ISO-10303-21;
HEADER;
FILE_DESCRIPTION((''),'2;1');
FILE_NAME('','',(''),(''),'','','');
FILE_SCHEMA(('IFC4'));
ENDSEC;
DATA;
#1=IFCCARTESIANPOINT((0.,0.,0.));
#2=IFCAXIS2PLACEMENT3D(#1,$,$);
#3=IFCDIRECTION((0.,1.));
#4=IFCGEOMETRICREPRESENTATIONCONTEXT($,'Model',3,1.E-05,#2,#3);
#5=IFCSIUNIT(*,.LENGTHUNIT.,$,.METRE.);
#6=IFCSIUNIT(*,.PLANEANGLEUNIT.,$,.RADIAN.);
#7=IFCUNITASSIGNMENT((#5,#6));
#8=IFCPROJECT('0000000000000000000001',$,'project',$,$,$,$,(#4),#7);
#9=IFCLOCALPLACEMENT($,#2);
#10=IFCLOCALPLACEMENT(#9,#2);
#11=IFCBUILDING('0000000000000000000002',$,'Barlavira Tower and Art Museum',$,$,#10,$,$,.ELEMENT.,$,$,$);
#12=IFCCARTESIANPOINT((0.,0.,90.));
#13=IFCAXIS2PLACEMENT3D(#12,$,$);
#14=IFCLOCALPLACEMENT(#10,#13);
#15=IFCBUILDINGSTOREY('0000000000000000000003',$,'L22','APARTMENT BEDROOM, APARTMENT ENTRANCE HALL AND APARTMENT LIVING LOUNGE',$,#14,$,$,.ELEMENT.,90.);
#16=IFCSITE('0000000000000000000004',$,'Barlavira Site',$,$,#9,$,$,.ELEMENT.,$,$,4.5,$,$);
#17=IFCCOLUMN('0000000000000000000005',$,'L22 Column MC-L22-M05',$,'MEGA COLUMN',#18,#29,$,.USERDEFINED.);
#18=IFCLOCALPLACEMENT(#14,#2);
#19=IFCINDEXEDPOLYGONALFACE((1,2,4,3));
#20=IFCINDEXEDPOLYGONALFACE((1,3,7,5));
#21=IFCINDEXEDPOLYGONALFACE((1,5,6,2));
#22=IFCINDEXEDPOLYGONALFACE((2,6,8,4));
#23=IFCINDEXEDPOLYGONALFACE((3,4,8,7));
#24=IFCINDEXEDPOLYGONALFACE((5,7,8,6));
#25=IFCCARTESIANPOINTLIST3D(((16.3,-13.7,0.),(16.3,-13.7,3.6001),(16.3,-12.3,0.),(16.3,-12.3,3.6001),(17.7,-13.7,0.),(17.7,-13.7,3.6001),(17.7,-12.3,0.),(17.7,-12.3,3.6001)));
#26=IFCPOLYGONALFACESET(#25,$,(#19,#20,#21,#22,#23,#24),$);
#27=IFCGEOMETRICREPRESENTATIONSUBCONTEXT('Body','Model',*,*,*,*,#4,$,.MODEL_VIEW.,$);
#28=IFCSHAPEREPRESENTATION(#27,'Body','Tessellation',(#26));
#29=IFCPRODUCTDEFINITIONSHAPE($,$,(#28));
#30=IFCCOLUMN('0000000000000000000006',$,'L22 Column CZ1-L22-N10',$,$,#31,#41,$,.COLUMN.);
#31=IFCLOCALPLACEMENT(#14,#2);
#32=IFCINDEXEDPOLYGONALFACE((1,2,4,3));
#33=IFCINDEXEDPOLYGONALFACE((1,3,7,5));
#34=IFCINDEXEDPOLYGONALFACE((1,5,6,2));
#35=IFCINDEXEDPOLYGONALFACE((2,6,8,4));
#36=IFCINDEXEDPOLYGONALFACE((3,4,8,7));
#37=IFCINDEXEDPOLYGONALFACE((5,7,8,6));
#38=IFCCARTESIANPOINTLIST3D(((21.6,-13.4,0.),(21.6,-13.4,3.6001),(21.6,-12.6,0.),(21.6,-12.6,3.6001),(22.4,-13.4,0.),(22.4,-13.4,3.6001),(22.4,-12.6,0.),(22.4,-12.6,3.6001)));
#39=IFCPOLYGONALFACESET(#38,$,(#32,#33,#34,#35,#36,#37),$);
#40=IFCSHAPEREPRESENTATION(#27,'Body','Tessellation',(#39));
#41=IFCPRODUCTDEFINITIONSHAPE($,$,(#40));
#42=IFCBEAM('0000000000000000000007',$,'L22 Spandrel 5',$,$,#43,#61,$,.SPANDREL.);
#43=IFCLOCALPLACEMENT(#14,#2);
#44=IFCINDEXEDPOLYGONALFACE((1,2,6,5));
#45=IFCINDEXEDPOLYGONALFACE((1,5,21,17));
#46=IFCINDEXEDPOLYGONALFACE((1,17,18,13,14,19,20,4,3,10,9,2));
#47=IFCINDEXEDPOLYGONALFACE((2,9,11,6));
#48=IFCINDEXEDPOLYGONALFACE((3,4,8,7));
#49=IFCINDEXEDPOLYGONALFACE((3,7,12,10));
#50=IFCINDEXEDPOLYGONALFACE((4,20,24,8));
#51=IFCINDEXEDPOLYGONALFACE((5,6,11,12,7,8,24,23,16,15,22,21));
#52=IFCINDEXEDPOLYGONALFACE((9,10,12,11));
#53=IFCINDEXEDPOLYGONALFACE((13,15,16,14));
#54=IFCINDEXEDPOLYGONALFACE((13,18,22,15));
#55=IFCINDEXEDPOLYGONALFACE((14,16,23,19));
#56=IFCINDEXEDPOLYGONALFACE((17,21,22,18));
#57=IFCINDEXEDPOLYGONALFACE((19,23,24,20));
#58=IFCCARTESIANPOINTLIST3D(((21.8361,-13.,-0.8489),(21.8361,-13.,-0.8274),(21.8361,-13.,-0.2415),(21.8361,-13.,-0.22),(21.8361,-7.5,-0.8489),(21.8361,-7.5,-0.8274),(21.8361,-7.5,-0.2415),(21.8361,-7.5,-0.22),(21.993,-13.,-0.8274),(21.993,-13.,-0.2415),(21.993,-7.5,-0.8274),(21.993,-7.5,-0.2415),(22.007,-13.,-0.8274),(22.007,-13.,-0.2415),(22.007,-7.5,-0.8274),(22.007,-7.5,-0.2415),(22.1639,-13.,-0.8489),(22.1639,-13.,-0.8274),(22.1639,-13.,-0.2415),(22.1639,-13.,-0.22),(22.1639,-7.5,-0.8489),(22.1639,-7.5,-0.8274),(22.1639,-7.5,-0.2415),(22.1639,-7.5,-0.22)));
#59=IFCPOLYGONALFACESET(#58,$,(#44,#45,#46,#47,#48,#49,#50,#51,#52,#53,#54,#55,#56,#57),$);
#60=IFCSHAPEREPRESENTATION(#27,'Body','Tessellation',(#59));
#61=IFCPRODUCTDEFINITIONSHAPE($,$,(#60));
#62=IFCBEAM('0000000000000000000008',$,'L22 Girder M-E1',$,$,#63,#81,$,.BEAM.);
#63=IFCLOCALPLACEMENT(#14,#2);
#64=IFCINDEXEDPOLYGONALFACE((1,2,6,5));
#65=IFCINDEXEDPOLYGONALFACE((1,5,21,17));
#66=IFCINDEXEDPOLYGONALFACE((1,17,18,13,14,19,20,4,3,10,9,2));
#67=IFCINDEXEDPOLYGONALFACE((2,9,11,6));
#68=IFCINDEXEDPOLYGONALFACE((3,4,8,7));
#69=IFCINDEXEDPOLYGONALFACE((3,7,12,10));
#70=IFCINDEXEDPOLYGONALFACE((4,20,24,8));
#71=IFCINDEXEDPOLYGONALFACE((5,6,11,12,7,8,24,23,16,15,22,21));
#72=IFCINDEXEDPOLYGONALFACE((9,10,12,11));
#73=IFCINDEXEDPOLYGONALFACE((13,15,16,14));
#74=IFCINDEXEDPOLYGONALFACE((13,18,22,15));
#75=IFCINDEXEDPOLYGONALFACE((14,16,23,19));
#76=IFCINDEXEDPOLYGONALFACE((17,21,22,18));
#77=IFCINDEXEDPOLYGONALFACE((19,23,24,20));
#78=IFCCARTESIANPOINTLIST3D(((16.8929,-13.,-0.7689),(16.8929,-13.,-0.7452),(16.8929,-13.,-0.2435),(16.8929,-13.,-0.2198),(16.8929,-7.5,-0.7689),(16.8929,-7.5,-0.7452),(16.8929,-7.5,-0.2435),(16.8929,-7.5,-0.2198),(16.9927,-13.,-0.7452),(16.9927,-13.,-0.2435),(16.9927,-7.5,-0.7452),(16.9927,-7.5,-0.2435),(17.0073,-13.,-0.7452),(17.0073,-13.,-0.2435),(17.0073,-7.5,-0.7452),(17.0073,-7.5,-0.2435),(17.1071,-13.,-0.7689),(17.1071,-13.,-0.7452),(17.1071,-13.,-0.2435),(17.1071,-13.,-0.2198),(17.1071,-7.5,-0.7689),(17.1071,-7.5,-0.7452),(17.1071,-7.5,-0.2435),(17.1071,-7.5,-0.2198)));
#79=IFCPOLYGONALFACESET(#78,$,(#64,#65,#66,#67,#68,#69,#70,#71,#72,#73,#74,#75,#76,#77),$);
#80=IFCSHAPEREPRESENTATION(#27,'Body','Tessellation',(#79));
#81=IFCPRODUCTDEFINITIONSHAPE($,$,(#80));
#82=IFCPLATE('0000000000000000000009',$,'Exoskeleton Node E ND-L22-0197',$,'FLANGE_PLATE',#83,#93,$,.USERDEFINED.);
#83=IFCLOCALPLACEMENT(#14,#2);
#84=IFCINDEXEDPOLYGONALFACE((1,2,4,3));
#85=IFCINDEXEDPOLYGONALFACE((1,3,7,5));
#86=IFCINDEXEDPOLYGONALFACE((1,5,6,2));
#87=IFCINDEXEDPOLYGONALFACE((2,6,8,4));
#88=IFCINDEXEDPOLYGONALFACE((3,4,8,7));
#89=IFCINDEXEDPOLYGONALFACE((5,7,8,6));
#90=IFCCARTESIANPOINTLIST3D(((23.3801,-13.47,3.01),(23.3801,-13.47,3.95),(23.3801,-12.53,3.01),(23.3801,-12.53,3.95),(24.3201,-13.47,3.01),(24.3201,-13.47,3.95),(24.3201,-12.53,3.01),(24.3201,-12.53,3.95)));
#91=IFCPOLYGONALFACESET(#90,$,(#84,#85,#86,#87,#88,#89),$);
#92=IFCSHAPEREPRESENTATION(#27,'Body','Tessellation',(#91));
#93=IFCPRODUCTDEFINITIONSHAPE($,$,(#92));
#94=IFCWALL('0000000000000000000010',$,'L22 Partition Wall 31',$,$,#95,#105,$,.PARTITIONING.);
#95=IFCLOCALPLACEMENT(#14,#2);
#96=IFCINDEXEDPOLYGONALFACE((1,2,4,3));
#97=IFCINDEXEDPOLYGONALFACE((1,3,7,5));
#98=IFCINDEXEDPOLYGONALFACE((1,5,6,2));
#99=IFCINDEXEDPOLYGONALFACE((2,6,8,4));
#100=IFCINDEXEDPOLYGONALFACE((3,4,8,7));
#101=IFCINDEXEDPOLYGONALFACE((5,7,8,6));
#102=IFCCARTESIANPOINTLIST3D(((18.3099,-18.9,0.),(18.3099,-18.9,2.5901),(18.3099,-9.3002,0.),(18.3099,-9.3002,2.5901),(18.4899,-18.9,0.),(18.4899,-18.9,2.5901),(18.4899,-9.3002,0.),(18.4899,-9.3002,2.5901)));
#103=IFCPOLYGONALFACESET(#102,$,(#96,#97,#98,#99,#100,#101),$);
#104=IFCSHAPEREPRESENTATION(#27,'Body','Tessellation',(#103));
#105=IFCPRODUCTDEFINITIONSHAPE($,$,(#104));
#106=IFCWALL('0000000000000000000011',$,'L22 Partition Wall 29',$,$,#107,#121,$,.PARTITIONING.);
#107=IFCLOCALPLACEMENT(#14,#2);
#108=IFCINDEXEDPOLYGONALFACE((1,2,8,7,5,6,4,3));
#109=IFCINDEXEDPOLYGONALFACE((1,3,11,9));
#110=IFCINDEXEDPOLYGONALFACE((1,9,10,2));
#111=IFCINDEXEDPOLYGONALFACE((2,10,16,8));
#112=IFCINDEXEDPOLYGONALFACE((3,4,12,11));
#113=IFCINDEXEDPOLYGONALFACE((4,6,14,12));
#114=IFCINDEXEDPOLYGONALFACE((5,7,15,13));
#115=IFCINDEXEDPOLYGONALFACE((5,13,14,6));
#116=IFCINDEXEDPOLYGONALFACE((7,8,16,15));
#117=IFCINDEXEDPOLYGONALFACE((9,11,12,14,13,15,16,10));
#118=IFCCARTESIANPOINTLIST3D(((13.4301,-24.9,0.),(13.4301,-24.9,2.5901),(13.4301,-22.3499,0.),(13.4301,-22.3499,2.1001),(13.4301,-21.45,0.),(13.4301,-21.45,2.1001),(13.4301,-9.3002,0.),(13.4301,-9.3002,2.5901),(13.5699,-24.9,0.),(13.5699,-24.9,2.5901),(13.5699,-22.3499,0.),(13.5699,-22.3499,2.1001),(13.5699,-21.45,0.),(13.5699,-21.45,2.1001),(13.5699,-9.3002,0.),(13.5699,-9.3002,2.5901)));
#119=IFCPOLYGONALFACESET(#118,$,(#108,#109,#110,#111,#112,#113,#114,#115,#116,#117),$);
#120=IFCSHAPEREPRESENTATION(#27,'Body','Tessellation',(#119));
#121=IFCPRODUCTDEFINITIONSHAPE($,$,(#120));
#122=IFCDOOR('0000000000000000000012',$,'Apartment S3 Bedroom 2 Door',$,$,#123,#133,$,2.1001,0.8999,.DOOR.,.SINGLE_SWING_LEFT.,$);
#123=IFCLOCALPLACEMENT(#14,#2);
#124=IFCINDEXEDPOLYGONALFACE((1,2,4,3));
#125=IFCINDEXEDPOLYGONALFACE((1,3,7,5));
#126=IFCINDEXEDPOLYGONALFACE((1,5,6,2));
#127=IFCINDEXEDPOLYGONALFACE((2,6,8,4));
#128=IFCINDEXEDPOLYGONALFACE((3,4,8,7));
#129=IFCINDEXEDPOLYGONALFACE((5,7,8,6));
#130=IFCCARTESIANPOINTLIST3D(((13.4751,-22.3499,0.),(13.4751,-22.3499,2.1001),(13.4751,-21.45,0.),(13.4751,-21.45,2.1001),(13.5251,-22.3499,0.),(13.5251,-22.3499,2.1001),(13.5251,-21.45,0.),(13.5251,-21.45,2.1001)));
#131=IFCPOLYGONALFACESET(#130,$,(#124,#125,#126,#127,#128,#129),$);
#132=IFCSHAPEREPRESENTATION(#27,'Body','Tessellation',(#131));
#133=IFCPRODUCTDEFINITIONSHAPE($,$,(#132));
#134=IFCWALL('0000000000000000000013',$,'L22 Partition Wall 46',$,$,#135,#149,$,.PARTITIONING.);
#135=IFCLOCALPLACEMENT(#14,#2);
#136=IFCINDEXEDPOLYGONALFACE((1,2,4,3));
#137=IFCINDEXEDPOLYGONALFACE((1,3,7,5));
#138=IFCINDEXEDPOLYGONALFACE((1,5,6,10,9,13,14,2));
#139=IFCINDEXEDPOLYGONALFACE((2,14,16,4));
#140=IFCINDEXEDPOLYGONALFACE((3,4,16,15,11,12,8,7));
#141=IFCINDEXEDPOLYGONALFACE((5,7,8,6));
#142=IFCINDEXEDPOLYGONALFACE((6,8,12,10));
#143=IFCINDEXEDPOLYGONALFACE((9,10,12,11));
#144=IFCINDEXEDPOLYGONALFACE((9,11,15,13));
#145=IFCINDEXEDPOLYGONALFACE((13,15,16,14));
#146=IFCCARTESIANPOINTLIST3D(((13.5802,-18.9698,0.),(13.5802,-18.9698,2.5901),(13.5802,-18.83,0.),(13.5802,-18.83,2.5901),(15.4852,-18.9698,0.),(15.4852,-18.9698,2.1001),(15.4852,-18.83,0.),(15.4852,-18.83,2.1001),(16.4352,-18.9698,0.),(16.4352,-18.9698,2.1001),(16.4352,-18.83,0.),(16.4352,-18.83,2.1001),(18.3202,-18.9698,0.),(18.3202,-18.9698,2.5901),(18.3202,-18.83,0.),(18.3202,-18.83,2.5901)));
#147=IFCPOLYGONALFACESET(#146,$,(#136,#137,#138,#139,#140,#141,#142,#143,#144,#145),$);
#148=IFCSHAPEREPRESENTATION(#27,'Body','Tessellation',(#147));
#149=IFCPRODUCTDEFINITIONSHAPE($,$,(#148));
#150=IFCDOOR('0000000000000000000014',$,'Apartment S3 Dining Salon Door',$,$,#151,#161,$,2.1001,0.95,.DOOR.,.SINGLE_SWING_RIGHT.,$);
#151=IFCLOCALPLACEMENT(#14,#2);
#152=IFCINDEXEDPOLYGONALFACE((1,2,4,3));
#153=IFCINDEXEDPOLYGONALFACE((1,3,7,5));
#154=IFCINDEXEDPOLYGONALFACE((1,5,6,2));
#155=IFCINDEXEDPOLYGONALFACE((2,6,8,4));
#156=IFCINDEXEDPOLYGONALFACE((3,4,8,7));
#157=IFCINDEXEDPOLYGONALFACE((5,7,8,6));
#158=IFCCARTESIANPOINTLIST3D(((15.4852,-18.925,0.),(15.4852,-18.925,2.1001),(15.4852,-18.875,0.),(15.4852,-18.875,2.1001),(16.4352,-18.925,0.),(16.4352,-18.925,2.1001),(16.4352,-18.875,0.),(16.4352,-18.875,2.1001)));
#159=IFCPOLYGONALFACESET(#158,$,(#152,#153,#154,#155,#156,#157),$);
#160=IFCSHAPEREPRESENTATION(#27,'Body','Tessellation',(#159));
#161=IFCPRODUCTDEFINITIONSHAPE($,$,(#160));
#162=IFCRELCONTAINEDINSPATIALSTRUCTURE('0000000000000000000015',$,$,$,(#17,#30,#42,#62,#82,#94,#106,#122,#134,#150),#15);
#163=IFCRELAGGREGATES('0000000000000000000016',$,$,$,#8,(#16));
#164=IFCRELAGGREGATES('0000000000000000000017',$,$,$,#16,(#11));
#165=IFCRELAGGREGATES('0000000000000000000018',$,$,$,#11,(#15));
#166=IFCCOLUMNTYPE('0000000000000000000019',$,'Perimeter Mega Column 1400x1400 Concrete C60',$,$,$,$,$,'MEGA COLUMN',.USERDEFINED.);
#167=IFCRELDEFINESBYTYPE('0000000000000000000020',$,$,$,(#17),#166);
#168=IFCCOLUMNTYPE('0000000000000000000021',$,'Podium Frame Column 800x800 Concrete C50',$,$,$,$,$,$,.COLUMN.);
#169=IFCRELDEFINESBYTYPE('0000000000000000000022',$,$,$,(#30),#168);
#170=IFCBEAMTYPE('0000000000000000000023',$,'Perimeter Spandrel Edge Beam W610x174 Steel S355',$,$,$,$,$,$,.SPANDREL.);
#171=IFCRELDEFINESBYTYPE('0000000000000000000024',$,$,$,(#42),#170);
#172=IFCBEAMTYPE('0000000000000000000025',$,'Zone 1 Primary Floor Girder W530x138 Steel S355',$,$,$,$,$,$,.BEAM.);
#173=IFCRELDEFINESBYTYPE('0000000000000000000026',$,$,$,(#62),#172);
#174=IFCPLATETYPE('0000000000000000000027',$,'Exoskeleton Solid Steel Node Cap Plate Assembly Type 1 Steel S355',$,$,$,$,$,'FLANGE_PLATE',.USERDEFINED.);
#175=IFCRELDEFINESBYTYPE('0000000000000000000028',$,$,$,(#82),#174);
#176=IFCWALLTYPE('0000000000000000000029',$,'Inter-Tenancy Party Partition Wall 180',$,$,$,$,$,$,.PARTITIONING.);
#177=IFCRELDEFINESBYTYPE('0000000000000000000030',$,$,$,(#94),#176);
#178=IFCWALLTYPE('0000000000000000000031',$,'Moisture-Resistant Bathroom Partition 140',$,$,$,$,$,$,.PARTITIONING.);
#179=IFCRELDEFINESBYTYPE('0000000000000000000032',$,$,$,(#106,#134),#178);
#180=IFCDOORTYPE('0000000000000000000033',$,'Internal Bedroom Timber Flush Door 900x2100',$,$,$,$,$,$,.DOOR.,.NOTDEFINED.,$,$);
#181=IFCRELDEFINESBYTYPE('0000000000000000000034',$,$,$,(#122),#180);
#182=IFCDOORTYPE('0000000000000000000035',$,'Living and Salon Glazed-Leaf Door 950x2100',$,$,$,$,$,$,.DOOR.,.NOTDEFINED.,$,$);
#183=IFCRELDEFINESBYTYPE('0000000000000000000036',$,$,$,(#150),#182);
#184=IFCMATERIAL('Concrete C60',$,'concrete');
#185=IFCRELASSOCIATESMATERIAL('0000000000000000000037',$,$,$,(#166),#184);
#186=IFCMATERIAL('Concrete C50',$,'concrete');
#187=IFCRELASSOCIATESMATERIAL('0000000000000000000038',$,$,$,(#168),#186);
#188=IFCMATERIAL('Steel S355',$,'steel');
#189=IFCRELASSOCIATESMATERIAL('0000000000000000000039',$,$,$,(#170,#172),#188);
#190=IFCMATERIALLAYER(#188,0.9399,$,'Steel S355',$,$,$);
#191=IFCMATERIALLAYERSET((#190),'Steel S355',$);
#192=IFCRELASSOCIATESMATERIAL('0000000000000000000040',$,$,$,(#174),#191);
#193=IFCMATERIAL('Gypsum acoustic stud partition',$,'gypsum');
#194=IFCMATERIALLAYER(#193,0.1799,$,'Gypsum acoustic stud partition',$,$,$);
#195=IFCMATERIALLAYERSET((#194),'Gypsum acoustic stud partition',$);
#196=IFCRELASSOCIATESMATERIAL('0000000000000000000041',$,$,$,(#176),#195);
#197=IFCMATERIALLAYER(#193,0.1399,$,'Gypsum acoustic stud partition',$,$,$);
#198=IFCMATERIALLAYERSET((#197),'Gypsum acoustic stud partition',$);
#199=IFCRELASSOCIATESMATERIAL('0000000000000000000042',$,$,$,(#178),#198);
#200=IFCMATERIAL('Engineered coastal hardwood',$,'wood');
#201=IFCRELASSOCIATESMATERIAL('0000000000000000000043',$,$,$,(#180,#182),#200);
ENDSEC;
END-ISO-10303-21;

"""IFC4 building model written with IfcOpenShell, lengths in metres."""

from ifc_helpers import new_model, si_unit, direction, frame, frame_2d, origin, origin_2d, place, context, subcontext, project, spatial, rectangle, i_section, extrude, material, layer, layer_set, material_profile, profile_set, type_object, element, fill, save


model = new_model("IFC4")

# Units and contexts
model_context = context("Model", 3, precision=1e-05, world=origin(), true_north=direction((0.0, 1.0)))
body_context = subcontext(model_context, "Body", "Model", "MODEL_VIEW")
ifc_project = project(units=[si_unit("LENGTHUNIT", "METRE"), si_unit("PLANEANGLEUNIT", "RADIAN")], contexts=[model_context])

# Site, building, storey
site_placement = place(None, origin())
site = spatial("IfcSite", under=ifc_project, at=site_placement, Name="Barlavira Site", CompositionType="ELEMENT", RefElevation=4.5)
building_placement = place(site_placement, origin())
building = spatial("IfcBuilding", under=site, at=building_placement, Name="Barlavira Tower and Art Museum", CompositionType="ELEMENT")
storey_placement = place(building_placement, frame((0.0, 0.0, 90.0)))
storey = spatial("IfcBuildingStorey", under=building, at=storey_placement, Name="L22", Description="APARTMENT BEDROOM, APARTMENT ENTRANCE HALL AND APARTMENT LIVING LOUNGE", CompositionType="ELEMENT", Elevation=90.0)

# Columns
ifc_material_1 = material(Name="Concrete C60", Category="concrete")
ifc_material_profile_1 = material_profile(ifc_material_1, rectangle(XDim=1.3999, YDim=1.3999, at=origin_2d()), Name="RC-MCOL 1400x1400")
ifc_profile_set_1 = profile_set([ifc_material_profile_1], Name="Concrete C60")
column_type_1 = type_object("IfcColumnType", Name="Perimeter Mega Column 1400x1400 Concrete C60", ElementType="MEGA COLUMN", PredefinedType="USERDEFINED", material=ifc_profile_set_1)
column_1_placement = place(storey_placement, frame((17.0, -13.0, 0.0), z_axis=(0.0, 0.0, 1.0), x_axis=(1.0, 0.0, 0.0)))
element("IfcColumn", 1, at=column_1_placement, inside=storey, type_object=column_type_1, Name="L22 Column MC-L22-M05", ObjectType="MEGA COLUMN", PredefinedType="USERDEFINED", context=body_context, shape_type="SweptSolid", body=[
    extrude(rectangle(XDim=1.3999, YDim=1.3999, at=origin_2d()), origin(), (0.0, 0.0, 1.0), 3.6001),
])
ifc_material_2 = material(Name="Concrete C50", Category="concrete")
ifc_material_profile_2 = material_profile(ifc_material_2, rectangle(XDim=0.8, YDim=0.8, at=origin_2d()), Name="RC-COL 800x800")
ifc_profile_set_2 = profile_set([ifc_material_profile_2], Name="Concrete C50")
column_type_2 = type_object("IfcColumnType", Name="Podium Frame Column 800x800 Concrete C50", PredefinedType="COLUMN", material=ifc_profile_set_2)
column_2_placement = place(storey_placement, frame((22.0, -13.0, 0.0), z_axis=(0.0, 0.0, 1.0), x_axis=(1.0, 0.0, 0.0)))
element("IfcColumn", 2, at=column_2_placement, inside=storey, type_object=column_type_2, Name="L22 Column CZ1-L22-N10", PredefinedType="COLUMN", context=body_context, shape_type="SweptSolid", body=[
    extrude(rectangle(XDim=0.8, YDim=0.8, at=origin_2d()), origin(), (0.0, 0.0, 1.0), 3.6001),
])

# Beams
ifc_material_3 = material(Name="Steel S355", Category="steel")
ifc_material_profile_3 = material_profile(ifc_material_3, i_section(OverallWidth=0.3279, OverallDepth=0.6289, WebThickness=0.0139, FlangeThickness=0.0215, at=origin_2d()), Name="W610x174.0")
ifc_profile_set_3 = profile_set([ifc_material_profile_3], Name="Steel S355")
beam_type_1 = type_object("IfcBeamType", Name="Perimeter Spandrel Edge Beam W610x174 Steel S355", PredefinedType="SPANDREL", material=ifc_profile_set_3)
beam_1_placement = place(storey_placement, frame((22.0, -13.0, -0.5344), z_axis=(0.0, 1.0, 0.0), x_axis=(-1.0, 0.0, 0.0)))
element("IfcBeam", 3, at=beam_1_placement, inside=storey, type_object=beam_type_1, Name="L22 Spandrel 5", PredefinedType="SPANDREL", context=body_context, shape_type="SweptSolid", body=[
    extrude(i_section(OverallWidth=0.3279, OverallDepth=0.6289, WebThickness=0.0139, FlangeThickness=0.0215, at=origin_2d()), origin(), (0.0, 0.0, 1.0), 5.5),
])
ifc_material_profile_4 = material_profile(ifc_material_3, i_section(OverallWidth=0.2141, OverallDepth=0.5491, WebThickness=0.0146, FlangeThickness=0.0237, at=origin_2d()), Name="W530x138.0")
ifc_profile_set_4 = profile_set([ifc_material_profile_4], Name="Steel S355")
beam_type_2 = type_object("IfcBeamType", Name="Zone 1 Primary Floor Girder W530x138 Steel S355", PredefinedType="BEAM", material=ifc_profile_set_4)
beam_2_placement = place(storey_placement, frame((17.0, -13.0, -0.4944), z_axis=(0.0, 1.0, 0.0), x_axis=(-1.0, 0.0, 0.0)))
element("IfcBeam", 4, at=beam_2_placement, inside=storey, type_object=beam_type_2, Name="L22 Girder M-E1", PredefinedType="BEAM", context=body_context, shape_type="SweptSolid", body=[
    extrude(i_section(OverallWidth=0.2141, OverallDepth=0.5491, WebThickness=0.0146, FlangeThickness=0.0237, at=origin_2d()), origin(), (0.0, 0.0, 1.0), 5.5),
])

# Plate
ifc_layer_1 = layer(ifc_material_3, 0.9399, Name="Steel S355")
ifc_layer_set_1 = layer_set([ifc_layer_1], Name="Steel S355")
plate_type = type_object("IfcPlateType", Name="Exoskeleton Solid Steel Node Cap Plate Assembly Type 1 Steel S355", ElementType="FLANGE_PLATE", PredefinedType="USERDEFINED", material=ifc_layer_set_1)
plate_placement = place(storey_placement, frame((23.8501, -13.0, 3.01), z_axis=(0.0, 0.0, 1.0), x_axis=(1.0, 0.0, 0.0)))
element("IfcPlate", 5, at=plate_placement, inside=storey, type_object=plate_type, Name="Exoskeleton Node E ND-L22-0197", ObjectType="FLANGE_PLATE", PredefinedType="USERDEFINED", context=body_context, shape_type="SweptSolid", body=[
    extrude(rectangle(XDim=0.9399, YDim=0.9399, at=origin_2d()), origin(), (0.0, 0.0, 1.0), 0.9399),
])

# Wall
ifc_material_4 = material(Name="Gypsum acoustic stud partition", Category="gypsum")
ifc_layer_2 = layer(ifc_material_4, 0.1799, Name="Gypsum acoustic stud partition")
ifc_layer_set_2 = layer_set([ifc_layer_2], Name="Gypsum acoustic stud partition")
wall_type_1 = type_object("IfcWallType", Name="Inter-Tenancy Party Partition Wall 180", PredefinedType="PARTITIONING", material=ifc_layer_set_2)
wall_1_placement = place(storey_placement, frame((18.3999, -18.8999, 0.0), z_axis=(0.0, 0.0, 1.0), x_axis=(0.0, 1.0, 0.0)))
element("IfcWall", 6, at=wall_1_placement, inside=storey, type_object=wall_type_1, Name="L22 Partition Wall 31", PredefinedType="PARTITIONING", context=body_context, shape_type="SweptSolid", body=[
    extrude(rectangle(XDim=9.5999, YDim=0.1799, at=frame_2d((4.7998, 0.0))), origin(), (0.0, 0.0, 1.0), 2.5901),
])

# Walls, openings, doors
ifc_layer_3 = layer(ifc_material_4, 0.1399, Name="Gypsum acoustic stud partition")
ifc_layer_set_3 = layer_set([ifc_layer_3], Name="Gypsum acoustic stud partition")
wall_type_2 = type_object("IfcWallType", Name="Moisture-Resistant Bathroom Partition 140", PredefinedType="PARTITIONING", material=ifc_layer_set_3)
wall_2_placement = place(storey_placement, frame((13.5, -24.8999, 0.0), z_axis=(0.0, 0.0, 1.0), x_axis=(0.0, 1.0, 0.0)))
wall_2 = element("IfcWall", 7, at=wall_2_placement, inside=storey, type_object=wall_type_2, Name="L22 Partition Wall 29", PredefinedType="PARTITIONING", context=body_context, shape_type="SweptSolid", body=[
    extrude(rectangle(XDim=15.5999, YDim=0.1399, at=frame_2d((7.7998, 0.0))), origin(), (0.0, 0.0, 1.0), 2.5901),
])
opening_1_placement = place(wall_2_placement, frame((2.55, 0.0, 0.0)))
opening_1 = element("IfcOpeningElement", 8, at=opening_1_placement, cuts=wall_2, PredefinedType="OPENING", context=body_context, shape_type="SweptSolid", body=[
    extrude(rectangle(XDim=0.8999, YDim=2.1001, at=frame_2d((0.45, 1.05))), frame((0.0, 0.0801, 0.0), z_axis=(0.0, -1.0, 0.0), x_axis=(1.0, 0.0, 0.0)), (0.0, 0.0, 1.0), 0.1599),
])
ifc_material_5 = material(Name="Engineered coastal hardwood", Category="wood")
door_type_1 = type_object("IfcDoorType", Name="Internal Bedroom Timber Flush Door 900x2100", OperationType="NOTDEFINED", PredefinedType="DOOR", material=ifc_material_5)
door_1_placement = place(opening_1_placement, origin())
door_1 = element("IfcDoor", 9, at=door_1_placement, inside=storey, type_object=door_type_1, Name="Apartment S3 Bedroom 2 Door", OperationType="SINGLE_SWING_LEFT", OverallHeight=2.1001, OverallWidth=0.8999, PredefinedType="DOOR", context=body_context, shape_type="SweptSolid", body=[
    extrude(rectangle(XDim=0.8999, YDim=2.1001, at=frame_2d((0.45, 1.05))), frame((0.0, 0.0249, 0.0), z_axis=(0.0, -1.0, 0.0), x_axis=(1.0, 0.0, 0.0)), (0.0, 0.0, 1.0), 0.05),
])
fill(opening_1, door_1)
wall_3_placement = place(storey_placement, frame((13.5801, -18.8999, 0.0), z_axis=(0.0, 0.0, 1.0), x_axis=(1.0, 0.0, 0.0)))
wall_3 = element("IfcWall", 10, at=wall_3_placement, inside=storey, type_object=wall_type_2, Name="L22 Partition Wall 46", PredefinedType="PARTITIONING", context=body_context, shape_type="SweptSolid", body=[
    extrude(rectangle(XDim=4.74, YDim=0.1399, at=frame_2d((2.3701, 0.0))), origin(), (0.0, 0.0, 1.0), 2.5901),
])
opening_2_placement = place(wall_3_placement, frame((1.905, 0.0, 0.0)))
opening_2 = element("IfcOpeningElement", 11, at=opening_2_placement, cuts=wall_3, PredefinedType="OPENING", context=body_context, shape_type="SweptSolid", body=[
    extrude(rectangle(XDim=0.95, YDim=2.1001, at=frame_2d((0.4751, 1.05))), frame((0.0, 0.0801, 0.0), z_axis=(0.0, -1.0, 0.0), x_axis=(1.0, 0.0, 0.0)), (0.0, 0.0, 1.0), 0.1599),
])
door_type_2 = type_object("IfcDoorType", Name="Living and Salon Glazed-Leaf Door 950x2100", OperationType="NOTDEFINED", PredefinedType="DOOR", material=ifc_material_5)
door_2_placement = place(opening_2_placement, origin())
door_2 = element("IfcDoor", 12, at=door_2_placement, inside=storey, type_object=door_type_2, Name="Apartment S3 Dining Salon Door", OperationType="SINGLE_SWING_RIGHT", OverallHeight=2.1001, OverallWidth=0.95, PredefinedType="DOOR", context=body_context, shape_type="SweptSolid", body=[
    extrude(rectangle(XDim=0.95, YDim=2.1001, at=frame_2d((0.4751, 1.05))), frame((0.0, 0.0249, 0.0), z_axis=(0.0, -1.0, 0.0), x_axis=(1.0, 0.0, 0.0)), (0.0, 0.0, 1.0), 0.05),
])
fill(opening_2, door_2)

save(model, "model.ifc")
